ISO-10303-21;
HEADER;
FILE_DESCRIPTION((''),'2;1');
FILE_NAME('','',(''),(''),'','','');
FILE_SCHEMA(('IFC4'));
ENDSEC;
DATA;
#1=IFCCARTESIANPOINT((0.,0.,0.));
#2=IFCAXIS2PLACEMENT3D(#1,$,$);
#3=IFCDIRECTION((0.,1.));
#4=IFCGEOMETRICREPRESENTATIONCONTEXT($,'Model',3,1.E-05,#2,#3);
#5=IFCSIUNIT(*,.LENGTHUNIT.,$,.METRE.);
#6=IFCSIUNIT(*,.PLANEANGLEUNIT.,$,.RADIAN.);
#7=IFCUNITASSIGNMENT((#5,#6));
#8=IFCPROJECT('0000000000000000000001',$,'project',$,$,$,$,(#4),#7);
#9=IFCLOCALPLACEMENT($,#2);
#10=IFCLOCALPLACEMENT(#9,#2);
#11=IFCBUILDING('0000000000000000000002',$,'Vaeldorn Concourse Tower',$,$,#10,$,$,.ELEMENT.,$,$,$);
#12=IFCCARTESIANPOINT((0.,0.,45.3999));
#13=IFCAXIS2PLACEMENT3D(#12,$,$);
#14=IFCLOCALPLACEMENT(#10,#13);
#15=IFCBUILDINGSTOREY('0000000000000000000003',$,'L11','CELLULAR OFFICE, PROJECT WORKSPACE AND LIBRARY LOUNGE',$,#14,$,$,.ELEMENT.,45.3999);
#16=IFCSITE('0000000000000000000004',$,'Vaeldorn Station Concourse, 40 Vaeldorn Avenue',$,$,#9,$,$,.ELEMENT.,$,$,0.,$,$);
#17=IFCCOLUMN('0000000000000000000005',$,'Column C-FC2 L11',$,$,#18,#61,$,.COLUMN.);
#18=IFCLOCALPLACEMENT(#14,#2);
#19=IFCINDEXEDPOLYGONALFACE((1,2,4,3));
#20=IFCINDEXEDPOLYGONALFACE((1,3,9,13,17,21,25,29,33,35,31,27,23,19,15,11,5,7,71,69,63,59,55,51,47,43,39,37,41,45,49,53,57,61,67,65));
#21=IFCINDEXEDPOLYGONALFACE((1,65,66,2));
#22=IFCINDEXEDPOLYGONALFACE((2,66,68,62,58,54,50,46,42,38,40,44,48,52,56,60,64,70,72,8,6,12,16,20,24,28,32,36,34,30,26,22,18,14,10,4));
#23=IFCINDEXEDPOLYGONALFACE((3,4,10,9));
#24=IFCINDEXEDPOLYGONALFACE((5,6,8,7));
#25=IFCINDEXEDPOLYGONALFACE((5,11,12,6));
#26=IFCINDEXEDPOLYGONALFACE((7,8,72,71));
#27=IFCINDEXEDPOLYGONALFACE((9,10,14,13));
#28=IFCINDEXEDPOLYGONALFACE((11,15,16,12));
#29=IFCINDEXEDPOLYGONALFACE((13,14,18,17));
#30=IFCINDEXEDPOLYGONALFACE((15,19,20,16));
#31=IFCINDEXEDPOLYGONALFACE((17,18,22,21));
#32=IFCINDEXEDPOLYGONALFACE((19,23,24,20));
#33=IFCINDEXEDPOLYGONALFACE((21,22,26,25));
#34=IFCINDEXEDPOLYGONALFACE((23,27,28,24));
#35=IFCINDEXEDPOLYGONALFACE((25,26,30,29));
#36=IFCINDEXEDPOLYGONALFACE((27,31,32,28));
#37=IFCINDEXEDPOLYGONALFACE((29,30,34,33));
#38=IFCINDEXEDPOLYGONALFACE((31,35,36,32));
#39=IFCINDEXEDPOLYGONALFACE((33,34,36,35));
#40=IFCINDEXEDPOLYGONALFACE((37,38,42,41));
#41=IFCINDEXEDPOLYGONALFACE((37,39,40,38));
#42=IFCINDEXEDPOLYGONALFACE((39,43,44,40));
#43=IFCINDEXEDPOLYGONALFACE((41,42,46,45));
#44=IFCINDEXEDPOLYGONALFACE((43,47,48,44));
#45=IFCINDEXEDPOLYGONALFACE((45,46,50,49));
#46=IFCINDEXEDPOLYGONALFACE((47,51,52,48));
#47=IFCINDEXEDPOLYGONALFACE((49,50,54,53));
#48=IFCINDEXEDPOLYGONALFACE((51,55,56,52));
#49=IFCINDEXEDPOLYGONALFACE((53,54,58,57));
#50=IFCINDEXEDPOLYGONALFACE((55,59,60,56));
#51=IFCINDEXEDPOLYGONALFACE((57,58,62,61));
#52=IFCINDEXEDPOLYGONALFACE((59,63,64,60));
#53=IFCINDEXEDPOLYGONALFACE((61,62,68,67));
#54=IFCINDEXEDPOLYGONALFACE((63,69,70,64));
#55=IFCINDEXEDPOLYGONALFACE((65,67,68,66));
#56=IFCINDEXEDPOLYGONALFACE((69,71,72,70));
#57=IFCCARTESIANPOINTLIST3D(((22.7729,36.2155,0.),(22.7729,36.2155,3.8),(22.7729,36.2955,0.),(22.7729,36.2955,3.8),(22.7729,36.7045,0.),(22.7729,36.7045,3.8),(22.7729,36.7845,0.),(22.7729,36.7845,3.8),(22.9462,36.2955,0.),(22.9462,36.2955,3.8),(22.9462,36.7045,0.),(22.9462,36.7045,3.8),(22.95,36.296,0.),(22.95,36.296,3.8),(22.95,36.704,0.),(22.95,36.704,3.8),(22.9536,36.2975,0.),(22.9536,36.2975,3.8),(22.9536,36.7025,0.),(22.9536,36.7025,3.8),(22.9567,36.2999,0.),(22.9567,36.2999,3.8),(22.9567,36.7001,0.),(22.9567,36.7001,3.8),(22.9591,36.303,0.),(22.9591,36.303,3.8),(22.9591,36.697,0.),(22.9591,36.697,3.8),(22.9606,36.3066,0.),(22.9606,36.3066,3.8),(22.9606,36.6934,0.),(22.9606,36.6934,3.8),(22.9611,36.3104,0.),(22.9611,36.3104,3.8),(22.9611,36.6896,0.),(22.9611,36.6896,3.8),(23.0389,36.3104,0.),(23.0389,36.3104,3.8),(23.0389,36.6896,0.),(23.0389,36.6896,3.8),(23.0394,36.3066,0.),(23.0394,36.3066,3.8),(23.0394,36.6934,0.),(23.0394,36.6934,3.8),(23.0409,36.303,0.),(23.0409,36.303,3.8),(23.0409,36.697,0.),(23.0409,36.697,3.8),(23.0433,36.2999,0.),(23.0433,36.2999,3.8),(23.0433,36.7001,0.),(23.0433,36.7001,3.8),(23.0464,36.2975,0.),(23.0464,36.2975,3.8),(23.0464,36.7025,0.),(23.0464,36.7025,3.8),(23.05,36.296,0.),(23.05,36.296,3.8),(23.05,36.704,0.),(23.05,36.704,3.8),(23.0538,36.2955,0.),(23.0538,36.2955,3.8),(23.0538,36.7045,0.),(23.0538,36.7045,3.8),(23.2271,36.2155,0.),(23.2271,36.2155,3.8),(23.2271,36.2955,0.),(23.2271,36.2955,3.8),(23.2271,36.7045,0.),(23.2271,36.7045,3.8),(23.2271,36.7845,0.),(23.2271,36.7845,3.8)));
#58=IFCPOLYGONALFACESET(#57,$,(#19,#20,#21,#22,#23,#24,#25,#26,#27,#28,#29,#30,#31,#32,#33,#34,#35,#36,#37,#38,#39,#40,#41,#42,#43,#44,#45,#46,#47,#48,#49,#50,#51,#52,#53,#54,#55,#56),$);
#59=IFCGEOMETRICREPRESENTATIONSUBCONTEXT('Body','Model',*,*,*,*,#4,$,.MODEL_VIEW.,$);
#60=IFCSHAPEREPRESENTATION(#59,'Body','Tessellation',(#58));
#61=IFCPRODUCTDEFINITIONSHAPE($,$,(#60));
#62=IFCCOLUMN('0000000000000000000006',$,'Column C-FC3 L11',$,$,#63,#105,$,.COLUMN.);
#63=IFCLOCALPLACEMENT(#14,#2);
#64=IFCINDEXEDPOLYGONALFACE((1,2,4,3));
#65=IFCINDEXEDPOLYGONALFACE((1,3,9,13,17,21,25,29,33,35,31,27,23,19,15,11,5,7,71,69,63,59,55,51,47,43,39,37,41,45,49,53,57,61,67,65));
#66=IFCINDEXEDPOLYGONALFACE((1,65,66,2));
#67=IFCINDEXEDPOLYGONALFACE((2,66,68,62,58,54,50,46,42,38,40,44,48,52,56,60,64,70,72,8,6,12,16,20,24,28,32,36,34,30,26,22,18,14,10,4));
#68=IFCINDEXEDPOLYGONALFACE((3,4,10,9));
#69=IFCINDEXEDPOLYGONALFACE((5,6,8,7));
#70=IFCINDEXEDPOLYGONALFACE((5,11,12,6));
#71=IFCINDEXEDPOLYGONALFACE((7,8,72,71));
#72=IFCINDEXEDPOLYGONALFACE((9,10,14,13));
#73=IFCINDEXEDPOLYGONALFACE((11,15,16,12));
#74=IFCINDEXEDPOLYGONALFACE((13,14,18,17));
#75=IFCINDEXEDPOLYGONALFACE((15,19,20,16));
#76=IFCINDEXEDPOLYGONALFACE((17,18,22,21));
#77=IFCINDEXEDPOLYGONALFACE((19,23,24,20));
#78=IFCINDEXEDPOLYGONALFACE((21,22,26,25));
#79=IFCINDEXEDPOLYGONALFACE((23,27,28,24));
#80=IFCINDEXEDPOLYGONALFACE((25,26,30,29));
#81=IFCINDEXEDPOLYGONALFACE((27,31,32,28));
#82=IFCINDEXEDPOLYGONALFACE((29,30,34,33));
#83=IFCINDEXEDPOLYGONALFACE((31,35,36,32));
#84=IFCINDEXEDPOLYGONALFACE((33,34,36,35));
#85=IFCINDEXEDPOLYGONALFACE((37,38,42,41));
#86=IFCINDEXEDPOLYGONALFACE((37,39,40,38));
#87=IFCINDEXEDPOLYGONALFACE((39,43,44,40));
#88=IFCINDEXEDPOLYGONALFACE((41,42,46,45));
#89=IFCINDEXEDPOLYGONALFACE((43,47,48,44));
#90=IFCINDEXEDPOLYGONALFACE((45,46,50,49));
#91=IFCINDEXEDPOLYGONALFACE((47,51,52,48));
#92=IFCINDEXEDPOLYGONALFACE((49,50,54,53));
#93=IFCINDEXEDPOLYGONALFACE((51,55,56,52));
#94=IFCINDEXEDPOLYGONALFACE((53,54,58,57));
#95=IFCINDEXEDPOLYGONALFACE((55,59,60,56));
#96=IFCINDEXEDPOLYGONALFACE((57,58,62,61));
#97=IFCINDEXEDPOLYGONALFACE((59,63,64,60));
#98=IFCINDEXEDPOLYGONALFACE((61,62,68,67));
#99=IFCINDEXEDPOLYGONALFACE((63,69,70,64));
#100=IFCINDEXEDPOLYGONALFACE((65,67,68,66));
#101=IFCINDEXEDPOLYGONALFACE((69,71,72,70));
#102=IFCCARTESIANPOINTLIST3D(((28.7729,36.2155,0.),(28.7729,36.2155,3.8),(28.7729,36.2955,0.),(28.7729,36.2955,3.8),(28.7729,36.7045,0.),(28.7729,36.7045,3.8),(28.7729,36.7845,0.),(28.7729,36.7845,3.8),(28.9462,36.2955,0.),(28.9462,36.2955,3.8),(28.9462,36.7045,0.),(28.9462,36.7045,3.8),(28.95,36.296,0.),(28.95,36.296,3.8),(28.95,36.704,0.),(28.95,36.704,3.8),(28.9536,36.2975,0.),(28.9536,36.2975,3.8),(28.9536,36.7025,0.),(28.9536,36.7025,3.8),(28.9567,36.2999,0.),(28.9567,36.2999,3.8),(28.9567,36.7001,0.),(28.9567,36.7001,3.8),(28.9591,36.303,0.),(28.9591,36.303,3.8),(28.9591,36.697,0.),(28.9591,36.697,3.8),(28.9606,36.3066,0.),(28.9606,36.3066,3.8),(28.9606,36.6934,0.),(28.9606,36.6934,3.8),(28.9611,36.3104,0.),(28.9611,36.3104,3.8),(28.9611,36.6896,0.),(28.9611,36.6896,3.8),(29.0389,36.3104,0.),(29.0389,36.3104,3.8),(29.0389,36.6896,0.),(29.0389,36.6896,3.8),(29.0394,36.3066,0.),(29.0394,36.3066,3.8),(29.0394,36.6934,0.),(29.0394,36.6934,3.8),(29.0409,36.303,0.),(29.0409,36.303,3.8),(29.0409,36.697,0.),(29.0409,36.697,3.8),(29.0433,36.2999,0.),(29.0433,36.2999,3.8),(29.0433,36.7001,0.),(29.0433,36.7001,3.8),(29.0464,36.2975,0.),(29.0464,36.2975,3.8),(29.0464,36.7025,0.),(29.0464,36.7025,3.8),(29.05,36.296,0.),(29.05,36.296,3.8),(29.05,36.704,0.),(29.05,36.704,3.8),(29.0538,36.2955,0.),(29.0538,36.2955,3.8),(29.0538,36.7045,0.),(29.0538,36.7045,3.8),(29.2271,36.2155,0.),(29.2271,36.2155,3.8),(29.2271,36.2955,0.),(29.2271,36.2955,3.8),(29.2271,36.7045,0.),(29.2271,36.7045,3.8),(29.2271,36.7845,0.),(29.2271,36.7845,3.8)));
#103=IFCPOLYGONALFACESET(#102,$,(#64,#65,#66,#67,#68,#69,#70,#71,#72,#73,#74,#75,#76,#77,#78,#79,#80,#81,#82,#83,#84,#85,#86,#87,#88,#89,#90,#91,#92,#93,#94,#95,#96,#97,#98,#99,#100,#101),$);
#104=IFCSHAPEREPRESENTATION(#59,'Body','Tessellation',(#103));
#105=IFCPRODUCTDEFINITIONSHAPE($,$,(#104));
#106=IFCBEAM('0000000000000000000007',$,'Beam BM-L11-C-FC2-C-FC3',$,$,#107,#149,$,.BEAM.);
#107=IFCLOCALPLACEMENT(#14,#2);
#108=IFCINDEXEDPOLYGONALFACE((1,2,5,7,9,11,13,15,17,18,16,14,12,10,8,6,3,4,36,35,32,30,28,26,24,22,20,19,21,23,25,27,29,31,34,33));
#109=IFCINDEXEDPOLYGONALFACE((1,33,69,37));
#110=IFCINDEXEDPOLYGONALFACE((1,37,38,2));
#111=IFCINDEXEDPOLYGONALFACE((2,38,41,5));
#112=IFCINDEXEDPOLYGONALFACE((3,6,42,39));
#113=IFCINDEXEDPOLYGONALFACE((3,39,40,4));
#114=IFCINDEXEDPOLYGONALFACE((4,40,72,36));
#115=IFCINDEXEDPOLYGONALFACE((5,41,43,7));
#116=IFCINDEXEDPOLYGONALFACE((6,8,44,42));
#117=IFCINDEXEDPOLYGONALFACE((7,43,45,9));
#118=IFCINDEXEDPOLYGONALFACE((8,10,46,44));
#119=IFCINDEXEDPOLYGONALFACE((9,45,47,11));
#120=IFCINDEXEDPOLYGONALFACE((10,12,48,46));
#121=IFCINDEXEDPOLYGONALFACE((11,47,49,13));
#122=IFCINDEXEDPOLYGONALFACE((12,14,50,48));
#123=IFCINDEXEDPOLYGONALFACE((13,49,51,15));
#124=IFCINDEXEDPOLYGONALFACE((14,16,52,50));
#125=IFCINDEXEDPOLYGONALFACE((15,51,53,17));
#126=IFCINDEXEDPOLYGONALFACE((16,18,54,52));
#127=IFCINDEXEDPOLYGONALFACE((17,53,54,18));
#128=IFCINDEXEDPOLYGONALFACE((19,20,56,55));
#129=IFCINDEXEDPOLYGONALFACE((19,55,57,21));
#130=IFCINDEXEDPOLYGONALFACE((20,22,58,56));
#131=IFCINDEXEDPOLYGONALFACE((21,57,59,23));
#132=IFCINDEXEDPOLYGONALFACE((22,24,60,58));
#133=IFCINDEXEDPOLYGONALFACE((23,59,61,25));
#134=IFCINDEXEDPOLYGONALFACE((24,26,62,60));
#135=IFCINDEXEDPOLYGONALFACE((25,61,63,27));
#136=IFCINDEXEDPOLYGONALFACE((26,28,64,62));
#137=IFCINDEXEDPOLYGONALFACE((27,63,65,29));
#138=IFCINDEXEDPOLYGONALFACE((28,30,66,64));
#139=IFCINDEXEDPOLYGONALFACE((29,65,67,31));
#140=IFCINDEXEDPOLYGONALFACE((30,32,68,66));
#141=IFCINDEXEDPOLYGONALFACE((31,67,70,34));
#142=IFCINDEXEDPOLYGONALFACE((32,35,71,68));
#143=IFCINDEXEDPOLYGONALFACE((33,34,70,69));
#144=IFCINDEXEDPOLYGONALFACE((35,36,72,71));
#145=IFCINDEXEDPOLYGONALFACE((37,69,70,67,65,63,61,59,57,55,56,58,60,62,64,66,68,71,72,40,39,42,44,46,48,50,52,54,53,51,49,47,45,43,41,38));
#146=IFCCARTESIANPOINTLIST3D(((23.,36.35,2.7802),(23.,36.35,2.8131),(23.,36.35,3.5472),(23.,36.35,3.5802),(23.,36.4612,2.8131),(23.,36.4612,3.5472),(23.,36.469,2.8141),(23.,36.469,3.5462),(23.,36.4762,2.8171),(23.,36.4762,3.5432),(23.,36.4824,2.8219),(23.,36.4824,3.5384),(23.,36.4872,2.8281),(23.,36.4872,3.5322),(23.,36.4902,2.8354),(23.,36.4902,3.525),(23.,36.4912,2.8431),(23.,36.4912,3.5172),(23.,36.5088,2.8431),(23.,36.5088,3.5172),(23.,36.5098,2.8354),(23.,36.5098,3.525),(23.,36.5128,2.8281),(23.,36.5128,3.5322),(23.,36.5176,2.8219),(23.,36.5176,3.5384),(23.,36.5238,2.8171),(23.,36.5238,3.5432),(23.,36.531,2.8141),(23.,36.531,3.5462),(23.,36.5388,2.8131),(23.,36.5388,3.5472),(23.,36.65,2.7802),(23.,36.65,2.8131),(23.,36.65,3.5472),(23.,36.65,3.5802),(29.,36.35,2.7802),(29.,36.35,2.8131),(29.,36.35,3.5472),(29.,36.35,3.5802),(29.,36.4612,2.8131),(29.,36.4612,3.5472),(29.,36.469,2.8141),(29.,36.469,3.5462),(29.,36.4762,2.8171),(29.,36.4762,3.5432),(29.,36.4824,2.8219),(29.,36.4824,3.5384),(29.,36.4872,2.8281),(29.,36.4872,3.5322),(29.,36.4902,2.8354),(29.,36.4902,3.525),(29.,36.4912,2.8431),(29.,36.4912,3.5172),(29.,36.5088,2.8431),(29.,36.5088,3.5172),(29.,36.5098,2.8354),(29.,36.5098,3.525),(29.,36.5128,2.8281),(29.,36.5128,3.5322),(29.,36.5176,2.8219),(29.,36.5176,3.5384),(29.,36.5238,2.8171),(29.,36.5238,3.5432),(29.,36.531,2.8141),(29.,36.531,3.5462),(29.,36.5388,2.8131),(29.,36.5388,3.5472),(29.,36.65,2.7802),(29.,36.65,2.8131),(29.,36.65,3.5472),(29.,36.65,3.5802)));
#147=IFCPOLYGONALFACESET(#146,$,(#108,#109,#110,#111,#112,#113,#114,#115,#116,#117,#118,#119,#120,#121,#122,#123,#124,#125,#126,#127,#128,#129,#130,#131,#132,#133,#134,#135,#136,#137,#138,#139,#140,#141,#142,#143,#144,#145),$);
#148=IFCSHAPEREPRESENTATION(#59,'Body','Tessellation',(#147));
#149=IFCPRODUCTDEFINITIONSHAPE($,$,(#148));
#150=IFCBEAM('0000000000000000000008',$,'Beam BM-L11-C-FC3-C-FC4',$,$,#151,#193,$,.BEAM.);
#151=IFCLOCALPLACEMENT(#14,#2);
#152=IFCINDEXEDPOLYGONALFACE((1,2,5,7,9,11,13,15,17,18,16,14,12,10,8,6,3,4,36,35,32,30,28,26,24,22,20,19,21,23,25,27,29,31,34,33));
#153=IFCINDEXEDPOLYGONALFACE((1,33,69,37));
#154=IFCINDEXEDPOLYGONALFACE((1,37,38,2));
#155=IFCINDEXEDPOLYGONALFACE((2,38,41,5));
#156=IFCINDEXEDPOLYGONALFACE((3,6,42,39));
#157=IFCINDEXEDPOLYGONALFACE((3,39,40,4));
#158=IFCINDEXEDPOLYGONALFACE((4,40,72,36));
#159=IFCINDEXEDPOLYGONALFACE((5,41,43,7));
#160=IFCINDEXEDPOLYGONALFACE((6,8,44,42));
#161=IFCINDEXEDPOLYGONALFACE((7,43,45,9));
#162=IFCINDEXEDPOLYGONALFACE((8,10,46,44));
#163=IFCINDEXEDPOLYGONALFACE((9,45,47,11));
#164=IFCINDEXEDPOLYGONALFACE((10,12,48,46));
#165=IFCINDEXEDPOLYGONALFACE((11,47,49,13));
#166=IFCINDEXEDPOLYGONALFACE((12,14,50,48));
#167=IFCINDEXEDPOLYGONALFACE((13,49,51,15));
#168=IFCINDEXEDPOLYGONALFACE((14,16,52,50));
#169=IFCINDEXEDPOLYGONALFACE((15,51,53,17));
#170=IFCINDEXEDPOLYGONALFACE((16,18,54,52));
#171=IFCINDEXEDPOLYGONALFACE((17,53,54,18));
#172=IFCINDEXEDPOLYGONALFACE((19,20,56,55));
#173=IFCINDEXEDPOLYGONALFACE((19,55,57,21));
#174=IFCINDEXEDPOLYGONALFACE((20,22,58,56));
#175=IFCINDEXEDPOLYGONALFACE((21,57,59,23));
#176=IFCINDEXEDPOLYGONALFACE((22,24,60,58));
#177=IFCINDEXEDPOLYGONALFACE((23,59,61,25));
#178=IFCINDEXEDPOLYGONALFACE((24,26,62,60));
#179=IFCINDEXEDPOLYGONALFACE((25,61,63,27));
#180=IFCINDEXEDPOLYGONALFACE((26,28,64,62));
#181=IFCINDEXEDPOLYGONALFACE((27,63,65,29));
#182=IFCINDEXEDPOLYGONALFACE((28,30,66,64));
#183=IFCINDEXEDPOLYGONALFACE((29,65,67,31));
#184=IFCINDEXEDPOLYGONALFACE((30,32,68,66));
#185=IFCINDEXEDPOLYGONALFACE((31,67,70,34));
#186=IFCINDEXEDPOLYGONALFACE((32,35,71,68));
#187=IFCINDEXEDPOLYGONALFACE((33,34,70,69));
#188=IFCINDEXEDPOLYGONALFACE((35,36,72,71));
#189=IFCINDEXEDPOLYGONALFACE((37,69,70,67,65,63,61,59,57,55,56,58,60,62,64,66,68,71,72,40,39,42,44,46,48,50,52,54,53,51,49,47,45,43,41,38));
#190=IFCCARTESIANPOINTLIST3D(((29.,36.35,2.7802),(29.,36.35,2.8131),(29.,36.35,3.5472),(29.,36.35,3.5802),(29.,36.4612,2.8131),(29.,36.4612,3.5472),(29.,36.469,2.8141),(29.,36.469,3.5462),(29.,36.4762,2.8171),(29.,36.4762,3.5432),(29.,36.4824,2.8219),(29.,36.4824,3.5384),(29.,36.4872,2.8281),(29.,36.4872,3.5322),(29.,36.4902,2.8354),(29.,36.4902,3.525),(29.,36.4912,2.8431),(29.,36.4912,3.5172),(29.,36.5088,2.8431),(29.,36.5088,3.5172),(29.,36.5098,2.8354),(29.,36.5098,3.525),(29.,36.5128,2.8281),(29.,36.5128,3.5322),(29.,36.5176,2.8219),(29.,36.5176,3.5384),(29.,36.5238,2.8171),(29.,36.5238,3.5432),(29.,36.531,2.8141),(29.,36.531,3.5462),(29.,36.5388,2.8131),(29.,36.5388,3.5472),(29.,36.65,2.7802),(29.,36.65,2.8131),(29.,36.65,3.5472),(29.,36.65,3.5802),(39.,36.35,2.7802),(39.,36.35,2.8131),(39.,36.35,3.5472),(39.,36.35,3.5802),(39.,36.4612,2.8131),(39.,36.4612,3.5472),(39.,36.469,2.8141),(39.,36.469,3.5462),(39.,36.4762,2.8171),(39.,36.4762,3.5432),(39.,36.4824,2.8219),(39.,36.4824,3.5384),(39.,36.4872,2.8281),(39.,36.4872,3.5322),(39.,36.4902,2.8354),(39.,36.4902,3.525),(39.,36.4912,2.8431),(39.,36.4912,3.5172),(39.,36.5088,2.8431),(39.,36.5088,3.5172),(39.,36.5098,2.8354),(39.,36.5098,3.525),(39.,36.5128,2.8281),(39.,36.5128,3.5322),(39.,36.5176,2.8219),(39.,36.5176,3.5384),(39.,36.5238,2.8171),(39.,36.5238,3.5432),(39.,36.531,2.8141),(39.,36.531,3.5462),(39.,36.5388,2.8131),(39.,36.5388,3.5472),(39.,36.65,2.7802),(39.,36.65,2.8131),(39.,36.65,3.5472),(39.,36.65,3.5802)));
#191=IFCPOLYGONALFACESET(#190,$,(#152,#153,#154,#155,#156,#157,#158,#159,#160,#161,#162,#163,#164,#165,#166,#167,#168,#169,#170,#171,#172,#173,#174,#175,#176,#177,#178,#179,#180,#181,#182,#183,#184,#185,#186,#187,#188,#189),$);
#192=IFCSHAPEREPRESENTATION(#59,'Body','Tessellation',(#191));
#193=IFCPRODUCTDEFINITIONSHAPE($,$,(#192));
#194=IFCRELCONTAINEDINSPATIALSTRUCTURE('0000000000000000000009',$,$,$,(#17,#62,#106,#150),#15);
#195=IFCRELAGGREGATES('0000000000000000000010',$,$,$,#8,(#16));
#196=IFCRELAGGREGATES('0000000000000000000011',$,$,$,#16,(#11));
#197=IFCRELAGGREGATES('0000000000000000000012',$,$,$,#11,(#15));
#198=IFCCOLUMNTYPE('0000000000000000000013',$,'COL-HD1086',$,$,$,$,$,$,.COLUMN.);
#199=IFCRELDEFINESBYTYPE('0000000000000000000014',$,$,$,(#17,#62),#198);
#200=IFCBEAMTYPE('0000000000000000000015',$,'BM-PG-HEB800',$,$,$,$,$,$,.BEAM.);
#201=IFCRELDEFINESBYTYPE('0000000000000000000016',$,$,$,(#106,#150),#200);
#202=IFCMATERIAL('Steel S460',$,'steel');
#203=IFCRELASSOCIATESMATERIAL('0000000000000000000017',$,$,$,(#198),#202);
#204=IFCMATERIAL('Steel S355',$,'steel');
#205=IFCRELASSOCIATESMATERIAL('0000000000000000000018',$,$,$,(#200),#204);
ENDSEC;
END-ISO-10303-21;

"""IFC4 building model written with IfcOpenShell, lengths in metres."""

from ifc_helpers import new_model, si_unit, direction, frame, origin, origin_2d, place, context, subcontext, project, spatial, i_section, extrude, source, transform, mapped, material, material_profile, profile_set, type_object, element, save


model = new_model("IFC4")

# Units and contexts
model_context = context("Model", 3, precision=1e-05, world=origin(), true_north=direction((0.0, 1.0)))
body_context = subcontext(model_context, "Body", "Model", "MODEL_VIEW")
ifc_project = project(units=[si_unit("LENGTHUNIT", "METRE"), si_unit("PLANEANGLEUNIT", "RADIAN")], contexts=[model_context])

# Site, building, storey
site_placement = place(None, origin())
site = spatial("IfcSite", under=ifc_project, at=site_placement, Name="Vaeldorn Station Concourse, 40 Vaeldorn Avenue", CompositionType="ELEMENT", RefElevation=0.0)
building_placement = place(site_placement, origin())
building = spatial("IfcBuilding", under=site, at=building_placement, Name="Vaeldorn Concourse Tower", CompositionType="ELEMENT")
storey_placement = place(building_placement, frame((0.0, 0.0, 45.3999)))
storey = spatial("IfcBuildingStorey", under=building, at=storey_placement, Name="L11", Description="CELLULAR OFFICE, PROJECT WORKSPACE AND LIBRARY LOUNGE", CompositionType="ELEMENT", Elevation=45.3999)

# Columns
ifc_material_1 = material(Name="Steel S460", Category="steel")
ifc_material_profile_1 = material_profile(ifc_material_1, i_section(OverallWidth=0.4541, OverallDepth=0.5691, WebThickness=0.0779, FlangeThickness=0.0801, FilletRadius=0.0149, at=origin_2d()), Name="HD 400x1086")
ifc_profile_set_1 = profile_set([ifc_material_profile_1], Name="Steel S460")
column_type = type_object("IfcColumnType", Name="COL-HD1086", PredefinedType="COLUMN", material=ifc_profile_set_1)
shared_shape_1 = source(origin(), body_context, "Body", "SweptSolid", [
    extrude(i_section(OverallWidth=0.4541, OverallDepth=0.5691, WebThickness=0.0779, FlangeThickness=0.0801, FilletRadius=0.0149, at=origin_2d()), origin(), (0.0, 0.0, 1.0), 3.8),
])
for number, where, z_axis, x_axis, name in (
    (1, (23.0, 36.5, 0.0), (0.0, 0.0, 1.0), (1.0, 0.0, 0.0), "Column C-FC2 L11"),
    (2, (29.0, 36.5, 0.0), (0.0, 0.0, 1.0), (1.0, 0.0, 0.0), "Column C-FC3 L11"),
):
    element("IfcColumn", number, at=place(storey_placement, frame(where, z_axis=z_axis, x_axis=x_axis)), inside=storey, type_object=column_type, Name=name, PredefinedType="COLUMN", context=body_context, shape_type="MappedRepresentation", body=[
        mapped(shared_shape_1, transform((0.0, 0.0, 0.0), scale=1.0)),
    ])

# Beams
ifc_material_2 = material(Name="Steel S355", Category="steel")
ifc_material_profile_2 = material_profile(ifc_material_2, i_section(OverallWidth=0.3, OverallDepth=0.8, WebThickness=0.0176, FlangeThickness=0.033, FilletRadius=0.03, at=origin_2d()), Name="HEB 800")
ifc_profile_set_2 = profile_set([ifc_material_profile_2], Name="Steel S355")
beam_type_1 = type_object("IfcBeamType", Name="BM-PG-HEB800", PredefinedType="BEAM", material=ifc_profile_set_2)
shared_shape_2 = source(origin(), body_context, "Body", "SweptSolid", [
    extrude(i_section(OverallWidth=0.3, OverallDepth=0.8, WebThickness=0.0176, FlangeThickness=0.033, FilletRadius=0.03, at=origin_2d()), origin(), (0.0, 0.0, 1.0), 6.0),
])
beam_1_placement = place(storey_placement, frame((23.0, 36.5, 3.1802), z_axis=(1.0, 0.0, 0.0), x_axis=(0.0, 1.0, 0.0)))
element("IfcBeam", 3, at=beam_1_placement, inside=storey, type_object=beam_type_1, Name="Beam BM-L11-C-FC2-C-FC3", PredefinedType="BEAM", context=body_context, shape_type="MappedRepresentation", body=[
    mapped(shared_shape_2, transform((0.0, 0.0, 0.0), scale=1.0)),
])
shared_shape_3 = source(origin(), body_context, "Body", "SweptSolid", [
    extrude(i_section(OverallWidth=0.3, OverallDepth=0.8, WebThickness=0.0176, FlangeThickness=0.033, FilletRadius=0.03, at=origin_2d()), origin(), (0.0, 0.0, 1.0), 10.0),
])
beam_2_placement = place(storey_placement, frame((29.0, 36.5, 3.1802), z_axis=(1.0, 0.0, 0.0), x_axis=(0.0, 1.0, 0.0)))
element("IfcBeam", 4, at=beam_2_placement, inside=storey, type_object=beam_type_1, Name="Beam BM-L11-C-FC3-C-FC4", PredefinedType="BEAM", context=body_context, shape_type="MappedRepresentation", body=[
    mapped(shared_shape_3, transform((0.0, 0.0, 0.0), scale=1.0)),
])

save(model, "model.ifc")
